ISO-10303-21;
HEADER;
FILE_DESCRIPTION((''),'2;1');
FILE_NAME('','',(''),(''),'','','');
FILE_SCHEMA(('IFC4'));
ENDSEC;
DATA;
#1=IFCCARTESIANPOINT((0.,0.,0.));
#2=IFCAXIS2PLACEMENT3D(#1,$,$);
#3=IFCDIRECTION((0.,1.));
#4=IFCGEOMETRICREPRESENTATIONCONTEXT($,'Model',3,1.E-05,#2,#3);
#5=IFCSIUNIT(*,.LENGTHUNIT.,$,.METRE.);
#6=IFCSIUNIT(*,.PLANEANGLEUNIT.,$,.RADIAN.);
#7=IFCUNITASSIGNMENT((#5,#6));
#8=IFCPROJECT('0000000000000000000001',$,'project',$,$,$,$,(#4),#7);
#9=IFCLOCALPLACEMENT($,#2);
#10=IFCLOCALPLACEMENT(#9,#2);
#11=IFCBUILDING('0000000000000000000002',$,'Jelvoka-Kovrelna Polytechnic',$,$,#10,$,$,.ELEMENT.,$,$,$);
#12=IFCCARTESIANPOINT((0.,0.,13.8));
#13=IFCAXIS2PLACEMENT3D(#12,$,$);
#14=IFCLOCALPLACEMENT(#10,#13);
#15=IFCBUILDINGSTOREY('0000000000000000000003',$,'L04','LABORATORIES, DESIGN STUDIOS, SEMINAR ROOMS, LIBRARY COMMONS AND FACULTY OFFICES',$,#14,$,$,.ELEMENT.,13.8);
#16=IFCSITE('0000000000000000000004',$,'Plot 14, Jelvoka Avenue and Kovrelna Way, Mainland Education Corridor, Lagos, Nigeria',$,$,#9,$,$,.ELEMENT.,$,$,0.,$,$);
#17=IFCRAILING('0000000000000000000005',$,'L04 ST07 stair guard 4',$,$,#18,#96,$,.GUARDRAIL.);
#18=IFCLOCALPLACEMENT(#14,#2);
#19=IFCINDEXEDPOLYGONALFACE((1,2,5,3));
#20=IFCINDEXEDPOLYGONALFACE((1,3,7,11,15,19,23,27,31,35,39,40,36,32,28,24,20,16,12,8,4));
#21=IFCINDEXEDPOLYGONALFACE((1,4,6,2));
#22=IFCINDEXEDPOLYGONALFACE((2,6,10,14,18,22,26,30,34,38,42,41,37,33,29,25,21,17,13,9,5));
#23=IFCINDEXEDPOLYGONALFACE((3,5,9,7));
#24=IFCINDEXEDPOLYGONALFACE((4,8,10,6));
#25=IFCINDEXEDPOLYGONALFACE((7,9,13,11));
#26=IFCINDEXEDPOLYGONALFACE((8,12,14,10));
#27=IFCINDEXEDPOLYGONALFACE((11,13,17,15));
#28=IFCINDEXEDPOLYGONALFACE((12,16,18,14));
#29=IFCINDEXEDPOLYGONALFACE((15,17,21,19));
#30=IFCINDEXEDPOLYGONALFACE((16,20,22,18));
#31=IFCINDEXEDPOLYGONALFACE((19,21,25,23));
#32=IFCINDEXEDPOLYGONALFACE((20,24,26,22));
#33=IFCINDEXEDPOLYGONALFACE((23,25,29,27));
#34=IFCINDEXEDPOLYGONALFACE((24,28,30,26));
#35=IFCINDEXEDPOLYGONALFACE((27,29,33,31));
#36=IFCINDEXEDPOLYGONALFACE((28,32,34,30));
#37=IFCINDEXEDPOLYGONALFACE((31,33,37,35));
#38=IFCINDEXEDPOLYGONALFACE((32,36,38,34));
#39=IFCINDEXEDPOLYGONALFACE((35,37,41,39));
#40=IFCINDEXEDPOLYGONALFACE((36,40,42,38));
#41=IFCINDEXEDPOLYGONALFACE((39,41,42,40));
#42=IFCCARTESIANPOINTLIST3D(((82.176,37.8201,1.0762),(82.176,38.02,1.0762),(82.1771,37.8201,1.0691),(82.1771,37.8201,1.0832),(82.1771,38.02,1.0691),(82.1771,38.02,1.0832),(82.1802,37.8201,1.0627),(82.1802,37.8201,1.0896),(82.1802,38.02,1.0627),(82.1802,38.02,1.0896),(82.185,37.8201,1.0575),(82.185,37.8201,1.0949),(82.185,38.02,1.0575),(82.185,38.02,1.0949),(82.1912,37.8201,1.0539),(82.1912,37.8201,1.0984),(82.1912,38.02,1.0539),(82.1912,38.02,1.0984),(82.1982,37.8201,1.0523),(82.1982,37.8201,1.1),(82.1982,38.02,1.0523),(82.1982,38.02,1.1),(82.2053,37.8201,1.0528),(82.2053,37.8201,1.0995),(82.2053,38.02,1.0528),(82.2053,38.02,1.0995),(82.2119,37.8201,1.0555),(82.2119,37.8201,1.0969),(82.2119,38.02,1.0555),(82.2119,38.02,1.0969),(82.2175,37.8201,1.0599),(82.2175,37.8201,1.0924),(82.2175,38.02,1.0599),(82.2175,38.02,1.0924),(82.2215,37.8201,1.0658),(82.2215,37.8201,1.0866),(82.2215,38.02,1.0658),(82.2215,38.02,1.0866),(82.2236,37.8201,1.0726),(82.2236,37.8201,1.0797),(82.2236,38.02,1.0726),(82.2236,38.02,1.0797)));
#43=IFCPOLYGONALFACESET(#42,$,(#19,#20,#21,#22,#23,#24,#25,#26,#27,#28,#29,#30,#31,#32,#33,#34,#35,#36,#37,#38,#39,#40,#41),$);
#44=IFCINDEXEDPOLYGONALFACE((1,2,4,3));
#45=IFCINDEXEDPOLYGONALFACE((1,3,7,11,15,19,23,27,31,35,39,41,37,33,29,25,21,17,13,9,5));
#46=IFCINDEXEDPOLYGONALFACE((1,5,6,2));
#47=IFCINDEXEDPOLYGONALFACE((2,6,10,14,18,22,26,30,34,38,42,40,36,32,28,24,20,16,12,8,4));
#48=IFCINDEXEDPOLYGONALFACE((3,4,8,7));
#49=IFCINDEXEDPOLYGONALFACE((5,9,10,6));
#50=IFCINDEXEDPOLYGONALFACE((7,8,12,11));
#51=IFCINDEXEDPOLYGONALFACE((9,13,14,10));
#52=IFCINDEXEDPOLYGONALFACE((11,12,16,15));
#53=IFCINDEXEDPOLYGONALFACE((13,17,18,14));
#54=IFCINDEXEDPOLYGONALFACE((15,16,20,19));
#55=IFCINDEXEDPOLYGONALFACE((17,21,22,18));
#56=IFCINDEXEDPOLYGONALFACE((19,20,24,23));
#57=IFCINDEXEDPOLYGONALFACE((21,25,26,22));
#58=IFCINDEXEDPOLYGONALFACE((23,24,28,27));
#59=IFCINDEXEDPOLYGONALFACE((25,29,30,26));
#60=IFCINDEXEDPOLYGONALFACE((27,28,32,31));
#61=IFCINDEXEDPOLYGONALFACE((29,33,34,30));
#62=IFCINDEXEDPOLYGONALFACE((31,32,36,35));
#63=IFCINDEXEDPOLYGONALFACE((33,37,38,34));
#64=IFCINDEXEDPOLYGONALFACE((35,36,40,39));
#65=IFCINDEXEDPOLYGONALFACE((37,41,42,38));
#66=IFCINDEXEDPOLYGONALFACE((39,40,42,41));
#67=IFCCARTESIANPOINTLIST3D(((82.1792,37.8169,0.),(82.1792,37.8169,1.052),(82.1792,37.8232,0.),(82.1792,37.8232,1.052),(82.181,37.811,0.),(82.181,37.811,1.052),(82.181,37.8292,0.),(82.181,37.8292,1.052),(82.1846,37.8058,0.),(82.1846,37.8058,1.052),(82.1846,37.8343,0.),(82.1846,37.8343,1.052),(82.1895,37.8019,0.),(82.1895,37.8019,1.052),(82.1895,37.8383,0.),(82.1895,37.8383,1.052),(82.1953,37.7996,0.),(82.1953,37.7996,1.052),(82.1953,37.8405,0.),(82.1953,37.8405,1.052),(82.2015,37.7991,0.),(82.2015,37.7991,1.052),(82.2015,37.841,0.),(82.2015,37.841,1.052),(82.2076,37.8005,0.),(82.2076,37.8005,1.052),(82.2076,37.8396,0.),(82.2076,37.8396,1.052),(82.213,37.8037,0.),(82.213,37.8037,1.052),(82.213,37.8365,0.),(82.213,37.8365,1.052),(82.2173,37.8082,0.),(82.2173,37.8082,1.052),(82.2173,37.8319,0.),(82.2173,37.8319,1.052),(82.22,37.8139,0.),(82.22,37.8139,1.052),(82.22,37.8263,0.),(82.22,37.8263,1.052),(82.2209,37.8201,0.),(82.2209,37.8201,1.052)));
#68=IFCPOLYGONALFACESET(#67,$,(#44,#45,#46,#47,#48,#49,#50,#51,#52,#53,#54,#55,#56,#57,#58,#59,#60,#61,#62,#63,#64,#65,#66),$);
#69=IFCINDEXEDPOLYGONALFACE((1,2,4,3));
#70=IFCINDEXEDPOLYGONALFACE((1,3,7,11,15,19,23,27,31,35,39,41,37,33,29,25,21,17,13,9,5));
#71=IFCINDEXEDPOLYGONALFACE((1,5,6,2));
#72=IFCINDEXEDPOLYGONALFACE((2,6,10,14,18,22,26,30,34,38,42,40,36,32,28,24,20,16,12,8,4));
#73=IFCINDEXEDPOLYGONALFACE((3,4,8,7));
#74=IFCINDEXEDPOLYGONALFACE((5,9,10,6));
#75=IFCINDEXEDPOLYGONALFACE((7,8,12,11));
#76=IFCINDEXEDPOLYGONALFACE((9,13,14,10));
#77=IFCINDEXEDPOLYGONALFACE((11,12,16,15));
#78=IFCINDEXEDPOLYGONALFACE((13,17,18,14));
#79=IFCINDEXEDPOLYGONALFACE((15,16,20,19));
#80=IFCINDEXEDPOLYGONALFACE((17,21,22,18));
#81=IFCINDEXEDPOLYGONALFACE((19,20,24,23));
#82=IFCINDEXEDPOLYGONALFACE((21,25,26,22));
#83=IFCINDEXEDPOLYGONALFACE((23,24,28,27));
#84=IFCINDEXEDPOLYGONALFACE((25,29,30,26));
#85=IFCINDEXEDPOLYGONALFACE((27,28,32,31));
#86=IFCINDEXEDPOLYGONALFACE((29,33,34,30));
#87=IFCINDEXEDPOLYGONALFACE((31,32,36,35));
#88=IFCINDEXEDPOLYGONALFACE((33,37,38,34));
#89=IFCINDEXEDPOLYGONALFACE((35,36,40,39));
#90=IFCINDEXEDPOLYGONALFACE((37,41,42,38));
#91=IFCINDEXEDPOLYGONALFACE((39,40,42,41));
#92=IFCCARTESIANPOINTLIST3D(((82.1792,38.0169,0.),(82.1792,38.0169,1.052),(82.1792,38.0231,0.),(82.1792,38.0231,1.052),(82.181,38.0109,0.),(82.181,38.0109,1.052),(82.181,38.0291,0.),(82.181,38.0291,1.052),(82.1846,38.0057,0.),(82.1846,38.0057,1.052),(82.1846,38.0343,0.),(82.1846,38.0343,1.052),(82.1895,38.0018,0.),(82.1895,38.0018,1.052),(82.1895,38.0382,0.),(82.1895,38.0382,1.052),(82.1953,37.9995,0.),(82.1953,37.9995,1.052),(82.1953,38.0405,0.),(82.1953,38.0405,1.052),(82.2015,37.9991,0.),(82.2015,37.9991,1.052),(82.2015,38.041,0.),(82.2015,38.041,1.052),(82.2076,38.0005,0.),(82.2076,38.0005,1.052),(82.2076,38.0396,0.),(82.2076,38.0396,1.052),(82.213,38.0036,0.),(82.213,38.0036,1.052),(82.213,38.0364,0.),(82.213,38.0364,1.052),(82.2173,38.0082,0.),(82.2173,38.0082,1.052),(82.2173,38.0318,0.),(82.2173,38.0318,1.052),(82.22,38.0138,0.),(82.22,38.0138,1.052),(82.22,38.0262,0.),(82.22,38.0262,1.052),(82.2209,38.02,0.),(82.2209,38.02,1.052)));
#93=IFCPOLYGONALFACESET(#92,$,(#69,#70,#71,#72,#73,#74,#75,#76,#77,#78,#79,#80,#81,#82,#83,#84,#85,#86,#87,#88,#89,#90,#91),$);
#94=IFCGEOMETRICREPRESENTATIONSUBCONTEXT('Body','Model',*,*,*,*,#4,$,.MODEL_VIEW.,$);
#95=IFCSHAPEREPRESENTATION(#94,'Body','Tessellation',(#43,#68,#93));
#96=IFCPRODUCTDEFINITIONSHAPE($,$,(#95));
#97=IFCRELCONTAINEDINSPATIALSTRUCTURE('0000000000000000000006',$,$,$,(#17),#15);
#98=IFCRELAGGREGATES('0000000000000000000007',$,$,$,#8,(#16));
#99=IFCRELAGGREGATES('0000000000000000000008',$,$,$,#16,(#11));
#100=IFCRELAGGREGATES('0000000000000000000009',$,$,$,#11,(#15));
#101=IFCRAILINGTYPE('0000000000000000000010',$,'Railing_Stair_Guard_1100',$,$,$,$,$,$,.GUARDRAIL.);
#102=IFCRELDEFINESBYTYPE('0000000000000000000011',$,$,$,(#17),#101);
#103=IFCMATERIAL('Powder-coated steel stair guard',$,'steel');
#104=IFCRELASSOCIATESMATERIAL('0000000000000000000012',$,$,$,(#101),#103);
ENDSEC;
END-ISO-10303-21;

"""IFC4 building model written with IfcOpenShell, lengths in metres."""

from ifc_helpers import new_model, si_unit, direction, frame, origin, origin_2d, place, context, subcontext, project, spatial, circle, extrude, material, type_object, element, save


model = new_model("IFC4")

# Units and contexts
model_context = context("Model", 3, precision=1e-05, world=origin(), true_north=direction((0.0, 1.0)))
body_context = subcontext(model_context, "Body", "Model", "MODEL_VIEW")
ifc_project = project(units=[si_unit("LENGTHUNIT", "METRE"), si_unit("PLANEANGLEUNIT", "RADIAN")], contexts=[model_context])

# Site, building, storey
site_placement = place(None, origin())
site = spatial("IfcSite", under=ifc_project, at=site_placement, Name="Plot 14, Jelvoka Avenue and Kovrelna Way, Mainland Education Corridor, Lagos, Nigeria", CompositionType="ELEMENT", RefElevation=0.0)
building_placement = place(site_placement, origin())
building = spatial("IfcBuilding", under=site, at=building_placement, Name="Jelvoka-Kovrelna Polytechnic", CompositionType="ELEMENT")
storey_placement = place(building_placement, frame((0.0, 0.0, 13.8)))
storey = spatial("IfcBuildingStorey", under=building, at=storey_placement, Name="L04", Description="LABORATORIES, DESIGN STUDIOS, SEMINAR ROOMS, LIBRARY COMMONS AND FACULTY OFFICES", CompositionType="ELEMENT", Elevation=13.8)

# Railing
ifc_material_1 = material(Name="Powder-coated steel stair guard", Category="steel")
railing_type_1 = type_object("IfcRailingType", Name="Railing_Stair_Guard_1100", PredefinedType="GUARDRAIL", material=ifc_material_1)
railing_1_placement = place(storey_placement, frame((82.2, 37.8201, 0.0)))
element("IfcRailing", 1, at=railing_1_placement, inside=storey, type_object=railing_type_1, Name="L04 ST07 stair guard 4", PredefinedType="GUARDRAIL", context=body_context, shape_type="SweptSolid", body=[
    extrude(circle(Radius=0.0239, at=origin_2d()), frame((0.0, 0.0, 1.0762), z_axis=(0.0, 1.0, 0.0), x_axis=(-1.0, 0.0, 0.0)), (0.0, 0.0, 1.0), 0.2),
    extrude(circle(Radius=0.021, at=origin_2d()), origin(), (0.0, 0.0, 1.0), 1.052),
    extrude(circle(Radius=0.021, at=origin_2d()), frame((0.0, 0.2, 0.0)), (0.0, 0.0, 1.0), 1.052),
])

save(model, "model.ifc")
